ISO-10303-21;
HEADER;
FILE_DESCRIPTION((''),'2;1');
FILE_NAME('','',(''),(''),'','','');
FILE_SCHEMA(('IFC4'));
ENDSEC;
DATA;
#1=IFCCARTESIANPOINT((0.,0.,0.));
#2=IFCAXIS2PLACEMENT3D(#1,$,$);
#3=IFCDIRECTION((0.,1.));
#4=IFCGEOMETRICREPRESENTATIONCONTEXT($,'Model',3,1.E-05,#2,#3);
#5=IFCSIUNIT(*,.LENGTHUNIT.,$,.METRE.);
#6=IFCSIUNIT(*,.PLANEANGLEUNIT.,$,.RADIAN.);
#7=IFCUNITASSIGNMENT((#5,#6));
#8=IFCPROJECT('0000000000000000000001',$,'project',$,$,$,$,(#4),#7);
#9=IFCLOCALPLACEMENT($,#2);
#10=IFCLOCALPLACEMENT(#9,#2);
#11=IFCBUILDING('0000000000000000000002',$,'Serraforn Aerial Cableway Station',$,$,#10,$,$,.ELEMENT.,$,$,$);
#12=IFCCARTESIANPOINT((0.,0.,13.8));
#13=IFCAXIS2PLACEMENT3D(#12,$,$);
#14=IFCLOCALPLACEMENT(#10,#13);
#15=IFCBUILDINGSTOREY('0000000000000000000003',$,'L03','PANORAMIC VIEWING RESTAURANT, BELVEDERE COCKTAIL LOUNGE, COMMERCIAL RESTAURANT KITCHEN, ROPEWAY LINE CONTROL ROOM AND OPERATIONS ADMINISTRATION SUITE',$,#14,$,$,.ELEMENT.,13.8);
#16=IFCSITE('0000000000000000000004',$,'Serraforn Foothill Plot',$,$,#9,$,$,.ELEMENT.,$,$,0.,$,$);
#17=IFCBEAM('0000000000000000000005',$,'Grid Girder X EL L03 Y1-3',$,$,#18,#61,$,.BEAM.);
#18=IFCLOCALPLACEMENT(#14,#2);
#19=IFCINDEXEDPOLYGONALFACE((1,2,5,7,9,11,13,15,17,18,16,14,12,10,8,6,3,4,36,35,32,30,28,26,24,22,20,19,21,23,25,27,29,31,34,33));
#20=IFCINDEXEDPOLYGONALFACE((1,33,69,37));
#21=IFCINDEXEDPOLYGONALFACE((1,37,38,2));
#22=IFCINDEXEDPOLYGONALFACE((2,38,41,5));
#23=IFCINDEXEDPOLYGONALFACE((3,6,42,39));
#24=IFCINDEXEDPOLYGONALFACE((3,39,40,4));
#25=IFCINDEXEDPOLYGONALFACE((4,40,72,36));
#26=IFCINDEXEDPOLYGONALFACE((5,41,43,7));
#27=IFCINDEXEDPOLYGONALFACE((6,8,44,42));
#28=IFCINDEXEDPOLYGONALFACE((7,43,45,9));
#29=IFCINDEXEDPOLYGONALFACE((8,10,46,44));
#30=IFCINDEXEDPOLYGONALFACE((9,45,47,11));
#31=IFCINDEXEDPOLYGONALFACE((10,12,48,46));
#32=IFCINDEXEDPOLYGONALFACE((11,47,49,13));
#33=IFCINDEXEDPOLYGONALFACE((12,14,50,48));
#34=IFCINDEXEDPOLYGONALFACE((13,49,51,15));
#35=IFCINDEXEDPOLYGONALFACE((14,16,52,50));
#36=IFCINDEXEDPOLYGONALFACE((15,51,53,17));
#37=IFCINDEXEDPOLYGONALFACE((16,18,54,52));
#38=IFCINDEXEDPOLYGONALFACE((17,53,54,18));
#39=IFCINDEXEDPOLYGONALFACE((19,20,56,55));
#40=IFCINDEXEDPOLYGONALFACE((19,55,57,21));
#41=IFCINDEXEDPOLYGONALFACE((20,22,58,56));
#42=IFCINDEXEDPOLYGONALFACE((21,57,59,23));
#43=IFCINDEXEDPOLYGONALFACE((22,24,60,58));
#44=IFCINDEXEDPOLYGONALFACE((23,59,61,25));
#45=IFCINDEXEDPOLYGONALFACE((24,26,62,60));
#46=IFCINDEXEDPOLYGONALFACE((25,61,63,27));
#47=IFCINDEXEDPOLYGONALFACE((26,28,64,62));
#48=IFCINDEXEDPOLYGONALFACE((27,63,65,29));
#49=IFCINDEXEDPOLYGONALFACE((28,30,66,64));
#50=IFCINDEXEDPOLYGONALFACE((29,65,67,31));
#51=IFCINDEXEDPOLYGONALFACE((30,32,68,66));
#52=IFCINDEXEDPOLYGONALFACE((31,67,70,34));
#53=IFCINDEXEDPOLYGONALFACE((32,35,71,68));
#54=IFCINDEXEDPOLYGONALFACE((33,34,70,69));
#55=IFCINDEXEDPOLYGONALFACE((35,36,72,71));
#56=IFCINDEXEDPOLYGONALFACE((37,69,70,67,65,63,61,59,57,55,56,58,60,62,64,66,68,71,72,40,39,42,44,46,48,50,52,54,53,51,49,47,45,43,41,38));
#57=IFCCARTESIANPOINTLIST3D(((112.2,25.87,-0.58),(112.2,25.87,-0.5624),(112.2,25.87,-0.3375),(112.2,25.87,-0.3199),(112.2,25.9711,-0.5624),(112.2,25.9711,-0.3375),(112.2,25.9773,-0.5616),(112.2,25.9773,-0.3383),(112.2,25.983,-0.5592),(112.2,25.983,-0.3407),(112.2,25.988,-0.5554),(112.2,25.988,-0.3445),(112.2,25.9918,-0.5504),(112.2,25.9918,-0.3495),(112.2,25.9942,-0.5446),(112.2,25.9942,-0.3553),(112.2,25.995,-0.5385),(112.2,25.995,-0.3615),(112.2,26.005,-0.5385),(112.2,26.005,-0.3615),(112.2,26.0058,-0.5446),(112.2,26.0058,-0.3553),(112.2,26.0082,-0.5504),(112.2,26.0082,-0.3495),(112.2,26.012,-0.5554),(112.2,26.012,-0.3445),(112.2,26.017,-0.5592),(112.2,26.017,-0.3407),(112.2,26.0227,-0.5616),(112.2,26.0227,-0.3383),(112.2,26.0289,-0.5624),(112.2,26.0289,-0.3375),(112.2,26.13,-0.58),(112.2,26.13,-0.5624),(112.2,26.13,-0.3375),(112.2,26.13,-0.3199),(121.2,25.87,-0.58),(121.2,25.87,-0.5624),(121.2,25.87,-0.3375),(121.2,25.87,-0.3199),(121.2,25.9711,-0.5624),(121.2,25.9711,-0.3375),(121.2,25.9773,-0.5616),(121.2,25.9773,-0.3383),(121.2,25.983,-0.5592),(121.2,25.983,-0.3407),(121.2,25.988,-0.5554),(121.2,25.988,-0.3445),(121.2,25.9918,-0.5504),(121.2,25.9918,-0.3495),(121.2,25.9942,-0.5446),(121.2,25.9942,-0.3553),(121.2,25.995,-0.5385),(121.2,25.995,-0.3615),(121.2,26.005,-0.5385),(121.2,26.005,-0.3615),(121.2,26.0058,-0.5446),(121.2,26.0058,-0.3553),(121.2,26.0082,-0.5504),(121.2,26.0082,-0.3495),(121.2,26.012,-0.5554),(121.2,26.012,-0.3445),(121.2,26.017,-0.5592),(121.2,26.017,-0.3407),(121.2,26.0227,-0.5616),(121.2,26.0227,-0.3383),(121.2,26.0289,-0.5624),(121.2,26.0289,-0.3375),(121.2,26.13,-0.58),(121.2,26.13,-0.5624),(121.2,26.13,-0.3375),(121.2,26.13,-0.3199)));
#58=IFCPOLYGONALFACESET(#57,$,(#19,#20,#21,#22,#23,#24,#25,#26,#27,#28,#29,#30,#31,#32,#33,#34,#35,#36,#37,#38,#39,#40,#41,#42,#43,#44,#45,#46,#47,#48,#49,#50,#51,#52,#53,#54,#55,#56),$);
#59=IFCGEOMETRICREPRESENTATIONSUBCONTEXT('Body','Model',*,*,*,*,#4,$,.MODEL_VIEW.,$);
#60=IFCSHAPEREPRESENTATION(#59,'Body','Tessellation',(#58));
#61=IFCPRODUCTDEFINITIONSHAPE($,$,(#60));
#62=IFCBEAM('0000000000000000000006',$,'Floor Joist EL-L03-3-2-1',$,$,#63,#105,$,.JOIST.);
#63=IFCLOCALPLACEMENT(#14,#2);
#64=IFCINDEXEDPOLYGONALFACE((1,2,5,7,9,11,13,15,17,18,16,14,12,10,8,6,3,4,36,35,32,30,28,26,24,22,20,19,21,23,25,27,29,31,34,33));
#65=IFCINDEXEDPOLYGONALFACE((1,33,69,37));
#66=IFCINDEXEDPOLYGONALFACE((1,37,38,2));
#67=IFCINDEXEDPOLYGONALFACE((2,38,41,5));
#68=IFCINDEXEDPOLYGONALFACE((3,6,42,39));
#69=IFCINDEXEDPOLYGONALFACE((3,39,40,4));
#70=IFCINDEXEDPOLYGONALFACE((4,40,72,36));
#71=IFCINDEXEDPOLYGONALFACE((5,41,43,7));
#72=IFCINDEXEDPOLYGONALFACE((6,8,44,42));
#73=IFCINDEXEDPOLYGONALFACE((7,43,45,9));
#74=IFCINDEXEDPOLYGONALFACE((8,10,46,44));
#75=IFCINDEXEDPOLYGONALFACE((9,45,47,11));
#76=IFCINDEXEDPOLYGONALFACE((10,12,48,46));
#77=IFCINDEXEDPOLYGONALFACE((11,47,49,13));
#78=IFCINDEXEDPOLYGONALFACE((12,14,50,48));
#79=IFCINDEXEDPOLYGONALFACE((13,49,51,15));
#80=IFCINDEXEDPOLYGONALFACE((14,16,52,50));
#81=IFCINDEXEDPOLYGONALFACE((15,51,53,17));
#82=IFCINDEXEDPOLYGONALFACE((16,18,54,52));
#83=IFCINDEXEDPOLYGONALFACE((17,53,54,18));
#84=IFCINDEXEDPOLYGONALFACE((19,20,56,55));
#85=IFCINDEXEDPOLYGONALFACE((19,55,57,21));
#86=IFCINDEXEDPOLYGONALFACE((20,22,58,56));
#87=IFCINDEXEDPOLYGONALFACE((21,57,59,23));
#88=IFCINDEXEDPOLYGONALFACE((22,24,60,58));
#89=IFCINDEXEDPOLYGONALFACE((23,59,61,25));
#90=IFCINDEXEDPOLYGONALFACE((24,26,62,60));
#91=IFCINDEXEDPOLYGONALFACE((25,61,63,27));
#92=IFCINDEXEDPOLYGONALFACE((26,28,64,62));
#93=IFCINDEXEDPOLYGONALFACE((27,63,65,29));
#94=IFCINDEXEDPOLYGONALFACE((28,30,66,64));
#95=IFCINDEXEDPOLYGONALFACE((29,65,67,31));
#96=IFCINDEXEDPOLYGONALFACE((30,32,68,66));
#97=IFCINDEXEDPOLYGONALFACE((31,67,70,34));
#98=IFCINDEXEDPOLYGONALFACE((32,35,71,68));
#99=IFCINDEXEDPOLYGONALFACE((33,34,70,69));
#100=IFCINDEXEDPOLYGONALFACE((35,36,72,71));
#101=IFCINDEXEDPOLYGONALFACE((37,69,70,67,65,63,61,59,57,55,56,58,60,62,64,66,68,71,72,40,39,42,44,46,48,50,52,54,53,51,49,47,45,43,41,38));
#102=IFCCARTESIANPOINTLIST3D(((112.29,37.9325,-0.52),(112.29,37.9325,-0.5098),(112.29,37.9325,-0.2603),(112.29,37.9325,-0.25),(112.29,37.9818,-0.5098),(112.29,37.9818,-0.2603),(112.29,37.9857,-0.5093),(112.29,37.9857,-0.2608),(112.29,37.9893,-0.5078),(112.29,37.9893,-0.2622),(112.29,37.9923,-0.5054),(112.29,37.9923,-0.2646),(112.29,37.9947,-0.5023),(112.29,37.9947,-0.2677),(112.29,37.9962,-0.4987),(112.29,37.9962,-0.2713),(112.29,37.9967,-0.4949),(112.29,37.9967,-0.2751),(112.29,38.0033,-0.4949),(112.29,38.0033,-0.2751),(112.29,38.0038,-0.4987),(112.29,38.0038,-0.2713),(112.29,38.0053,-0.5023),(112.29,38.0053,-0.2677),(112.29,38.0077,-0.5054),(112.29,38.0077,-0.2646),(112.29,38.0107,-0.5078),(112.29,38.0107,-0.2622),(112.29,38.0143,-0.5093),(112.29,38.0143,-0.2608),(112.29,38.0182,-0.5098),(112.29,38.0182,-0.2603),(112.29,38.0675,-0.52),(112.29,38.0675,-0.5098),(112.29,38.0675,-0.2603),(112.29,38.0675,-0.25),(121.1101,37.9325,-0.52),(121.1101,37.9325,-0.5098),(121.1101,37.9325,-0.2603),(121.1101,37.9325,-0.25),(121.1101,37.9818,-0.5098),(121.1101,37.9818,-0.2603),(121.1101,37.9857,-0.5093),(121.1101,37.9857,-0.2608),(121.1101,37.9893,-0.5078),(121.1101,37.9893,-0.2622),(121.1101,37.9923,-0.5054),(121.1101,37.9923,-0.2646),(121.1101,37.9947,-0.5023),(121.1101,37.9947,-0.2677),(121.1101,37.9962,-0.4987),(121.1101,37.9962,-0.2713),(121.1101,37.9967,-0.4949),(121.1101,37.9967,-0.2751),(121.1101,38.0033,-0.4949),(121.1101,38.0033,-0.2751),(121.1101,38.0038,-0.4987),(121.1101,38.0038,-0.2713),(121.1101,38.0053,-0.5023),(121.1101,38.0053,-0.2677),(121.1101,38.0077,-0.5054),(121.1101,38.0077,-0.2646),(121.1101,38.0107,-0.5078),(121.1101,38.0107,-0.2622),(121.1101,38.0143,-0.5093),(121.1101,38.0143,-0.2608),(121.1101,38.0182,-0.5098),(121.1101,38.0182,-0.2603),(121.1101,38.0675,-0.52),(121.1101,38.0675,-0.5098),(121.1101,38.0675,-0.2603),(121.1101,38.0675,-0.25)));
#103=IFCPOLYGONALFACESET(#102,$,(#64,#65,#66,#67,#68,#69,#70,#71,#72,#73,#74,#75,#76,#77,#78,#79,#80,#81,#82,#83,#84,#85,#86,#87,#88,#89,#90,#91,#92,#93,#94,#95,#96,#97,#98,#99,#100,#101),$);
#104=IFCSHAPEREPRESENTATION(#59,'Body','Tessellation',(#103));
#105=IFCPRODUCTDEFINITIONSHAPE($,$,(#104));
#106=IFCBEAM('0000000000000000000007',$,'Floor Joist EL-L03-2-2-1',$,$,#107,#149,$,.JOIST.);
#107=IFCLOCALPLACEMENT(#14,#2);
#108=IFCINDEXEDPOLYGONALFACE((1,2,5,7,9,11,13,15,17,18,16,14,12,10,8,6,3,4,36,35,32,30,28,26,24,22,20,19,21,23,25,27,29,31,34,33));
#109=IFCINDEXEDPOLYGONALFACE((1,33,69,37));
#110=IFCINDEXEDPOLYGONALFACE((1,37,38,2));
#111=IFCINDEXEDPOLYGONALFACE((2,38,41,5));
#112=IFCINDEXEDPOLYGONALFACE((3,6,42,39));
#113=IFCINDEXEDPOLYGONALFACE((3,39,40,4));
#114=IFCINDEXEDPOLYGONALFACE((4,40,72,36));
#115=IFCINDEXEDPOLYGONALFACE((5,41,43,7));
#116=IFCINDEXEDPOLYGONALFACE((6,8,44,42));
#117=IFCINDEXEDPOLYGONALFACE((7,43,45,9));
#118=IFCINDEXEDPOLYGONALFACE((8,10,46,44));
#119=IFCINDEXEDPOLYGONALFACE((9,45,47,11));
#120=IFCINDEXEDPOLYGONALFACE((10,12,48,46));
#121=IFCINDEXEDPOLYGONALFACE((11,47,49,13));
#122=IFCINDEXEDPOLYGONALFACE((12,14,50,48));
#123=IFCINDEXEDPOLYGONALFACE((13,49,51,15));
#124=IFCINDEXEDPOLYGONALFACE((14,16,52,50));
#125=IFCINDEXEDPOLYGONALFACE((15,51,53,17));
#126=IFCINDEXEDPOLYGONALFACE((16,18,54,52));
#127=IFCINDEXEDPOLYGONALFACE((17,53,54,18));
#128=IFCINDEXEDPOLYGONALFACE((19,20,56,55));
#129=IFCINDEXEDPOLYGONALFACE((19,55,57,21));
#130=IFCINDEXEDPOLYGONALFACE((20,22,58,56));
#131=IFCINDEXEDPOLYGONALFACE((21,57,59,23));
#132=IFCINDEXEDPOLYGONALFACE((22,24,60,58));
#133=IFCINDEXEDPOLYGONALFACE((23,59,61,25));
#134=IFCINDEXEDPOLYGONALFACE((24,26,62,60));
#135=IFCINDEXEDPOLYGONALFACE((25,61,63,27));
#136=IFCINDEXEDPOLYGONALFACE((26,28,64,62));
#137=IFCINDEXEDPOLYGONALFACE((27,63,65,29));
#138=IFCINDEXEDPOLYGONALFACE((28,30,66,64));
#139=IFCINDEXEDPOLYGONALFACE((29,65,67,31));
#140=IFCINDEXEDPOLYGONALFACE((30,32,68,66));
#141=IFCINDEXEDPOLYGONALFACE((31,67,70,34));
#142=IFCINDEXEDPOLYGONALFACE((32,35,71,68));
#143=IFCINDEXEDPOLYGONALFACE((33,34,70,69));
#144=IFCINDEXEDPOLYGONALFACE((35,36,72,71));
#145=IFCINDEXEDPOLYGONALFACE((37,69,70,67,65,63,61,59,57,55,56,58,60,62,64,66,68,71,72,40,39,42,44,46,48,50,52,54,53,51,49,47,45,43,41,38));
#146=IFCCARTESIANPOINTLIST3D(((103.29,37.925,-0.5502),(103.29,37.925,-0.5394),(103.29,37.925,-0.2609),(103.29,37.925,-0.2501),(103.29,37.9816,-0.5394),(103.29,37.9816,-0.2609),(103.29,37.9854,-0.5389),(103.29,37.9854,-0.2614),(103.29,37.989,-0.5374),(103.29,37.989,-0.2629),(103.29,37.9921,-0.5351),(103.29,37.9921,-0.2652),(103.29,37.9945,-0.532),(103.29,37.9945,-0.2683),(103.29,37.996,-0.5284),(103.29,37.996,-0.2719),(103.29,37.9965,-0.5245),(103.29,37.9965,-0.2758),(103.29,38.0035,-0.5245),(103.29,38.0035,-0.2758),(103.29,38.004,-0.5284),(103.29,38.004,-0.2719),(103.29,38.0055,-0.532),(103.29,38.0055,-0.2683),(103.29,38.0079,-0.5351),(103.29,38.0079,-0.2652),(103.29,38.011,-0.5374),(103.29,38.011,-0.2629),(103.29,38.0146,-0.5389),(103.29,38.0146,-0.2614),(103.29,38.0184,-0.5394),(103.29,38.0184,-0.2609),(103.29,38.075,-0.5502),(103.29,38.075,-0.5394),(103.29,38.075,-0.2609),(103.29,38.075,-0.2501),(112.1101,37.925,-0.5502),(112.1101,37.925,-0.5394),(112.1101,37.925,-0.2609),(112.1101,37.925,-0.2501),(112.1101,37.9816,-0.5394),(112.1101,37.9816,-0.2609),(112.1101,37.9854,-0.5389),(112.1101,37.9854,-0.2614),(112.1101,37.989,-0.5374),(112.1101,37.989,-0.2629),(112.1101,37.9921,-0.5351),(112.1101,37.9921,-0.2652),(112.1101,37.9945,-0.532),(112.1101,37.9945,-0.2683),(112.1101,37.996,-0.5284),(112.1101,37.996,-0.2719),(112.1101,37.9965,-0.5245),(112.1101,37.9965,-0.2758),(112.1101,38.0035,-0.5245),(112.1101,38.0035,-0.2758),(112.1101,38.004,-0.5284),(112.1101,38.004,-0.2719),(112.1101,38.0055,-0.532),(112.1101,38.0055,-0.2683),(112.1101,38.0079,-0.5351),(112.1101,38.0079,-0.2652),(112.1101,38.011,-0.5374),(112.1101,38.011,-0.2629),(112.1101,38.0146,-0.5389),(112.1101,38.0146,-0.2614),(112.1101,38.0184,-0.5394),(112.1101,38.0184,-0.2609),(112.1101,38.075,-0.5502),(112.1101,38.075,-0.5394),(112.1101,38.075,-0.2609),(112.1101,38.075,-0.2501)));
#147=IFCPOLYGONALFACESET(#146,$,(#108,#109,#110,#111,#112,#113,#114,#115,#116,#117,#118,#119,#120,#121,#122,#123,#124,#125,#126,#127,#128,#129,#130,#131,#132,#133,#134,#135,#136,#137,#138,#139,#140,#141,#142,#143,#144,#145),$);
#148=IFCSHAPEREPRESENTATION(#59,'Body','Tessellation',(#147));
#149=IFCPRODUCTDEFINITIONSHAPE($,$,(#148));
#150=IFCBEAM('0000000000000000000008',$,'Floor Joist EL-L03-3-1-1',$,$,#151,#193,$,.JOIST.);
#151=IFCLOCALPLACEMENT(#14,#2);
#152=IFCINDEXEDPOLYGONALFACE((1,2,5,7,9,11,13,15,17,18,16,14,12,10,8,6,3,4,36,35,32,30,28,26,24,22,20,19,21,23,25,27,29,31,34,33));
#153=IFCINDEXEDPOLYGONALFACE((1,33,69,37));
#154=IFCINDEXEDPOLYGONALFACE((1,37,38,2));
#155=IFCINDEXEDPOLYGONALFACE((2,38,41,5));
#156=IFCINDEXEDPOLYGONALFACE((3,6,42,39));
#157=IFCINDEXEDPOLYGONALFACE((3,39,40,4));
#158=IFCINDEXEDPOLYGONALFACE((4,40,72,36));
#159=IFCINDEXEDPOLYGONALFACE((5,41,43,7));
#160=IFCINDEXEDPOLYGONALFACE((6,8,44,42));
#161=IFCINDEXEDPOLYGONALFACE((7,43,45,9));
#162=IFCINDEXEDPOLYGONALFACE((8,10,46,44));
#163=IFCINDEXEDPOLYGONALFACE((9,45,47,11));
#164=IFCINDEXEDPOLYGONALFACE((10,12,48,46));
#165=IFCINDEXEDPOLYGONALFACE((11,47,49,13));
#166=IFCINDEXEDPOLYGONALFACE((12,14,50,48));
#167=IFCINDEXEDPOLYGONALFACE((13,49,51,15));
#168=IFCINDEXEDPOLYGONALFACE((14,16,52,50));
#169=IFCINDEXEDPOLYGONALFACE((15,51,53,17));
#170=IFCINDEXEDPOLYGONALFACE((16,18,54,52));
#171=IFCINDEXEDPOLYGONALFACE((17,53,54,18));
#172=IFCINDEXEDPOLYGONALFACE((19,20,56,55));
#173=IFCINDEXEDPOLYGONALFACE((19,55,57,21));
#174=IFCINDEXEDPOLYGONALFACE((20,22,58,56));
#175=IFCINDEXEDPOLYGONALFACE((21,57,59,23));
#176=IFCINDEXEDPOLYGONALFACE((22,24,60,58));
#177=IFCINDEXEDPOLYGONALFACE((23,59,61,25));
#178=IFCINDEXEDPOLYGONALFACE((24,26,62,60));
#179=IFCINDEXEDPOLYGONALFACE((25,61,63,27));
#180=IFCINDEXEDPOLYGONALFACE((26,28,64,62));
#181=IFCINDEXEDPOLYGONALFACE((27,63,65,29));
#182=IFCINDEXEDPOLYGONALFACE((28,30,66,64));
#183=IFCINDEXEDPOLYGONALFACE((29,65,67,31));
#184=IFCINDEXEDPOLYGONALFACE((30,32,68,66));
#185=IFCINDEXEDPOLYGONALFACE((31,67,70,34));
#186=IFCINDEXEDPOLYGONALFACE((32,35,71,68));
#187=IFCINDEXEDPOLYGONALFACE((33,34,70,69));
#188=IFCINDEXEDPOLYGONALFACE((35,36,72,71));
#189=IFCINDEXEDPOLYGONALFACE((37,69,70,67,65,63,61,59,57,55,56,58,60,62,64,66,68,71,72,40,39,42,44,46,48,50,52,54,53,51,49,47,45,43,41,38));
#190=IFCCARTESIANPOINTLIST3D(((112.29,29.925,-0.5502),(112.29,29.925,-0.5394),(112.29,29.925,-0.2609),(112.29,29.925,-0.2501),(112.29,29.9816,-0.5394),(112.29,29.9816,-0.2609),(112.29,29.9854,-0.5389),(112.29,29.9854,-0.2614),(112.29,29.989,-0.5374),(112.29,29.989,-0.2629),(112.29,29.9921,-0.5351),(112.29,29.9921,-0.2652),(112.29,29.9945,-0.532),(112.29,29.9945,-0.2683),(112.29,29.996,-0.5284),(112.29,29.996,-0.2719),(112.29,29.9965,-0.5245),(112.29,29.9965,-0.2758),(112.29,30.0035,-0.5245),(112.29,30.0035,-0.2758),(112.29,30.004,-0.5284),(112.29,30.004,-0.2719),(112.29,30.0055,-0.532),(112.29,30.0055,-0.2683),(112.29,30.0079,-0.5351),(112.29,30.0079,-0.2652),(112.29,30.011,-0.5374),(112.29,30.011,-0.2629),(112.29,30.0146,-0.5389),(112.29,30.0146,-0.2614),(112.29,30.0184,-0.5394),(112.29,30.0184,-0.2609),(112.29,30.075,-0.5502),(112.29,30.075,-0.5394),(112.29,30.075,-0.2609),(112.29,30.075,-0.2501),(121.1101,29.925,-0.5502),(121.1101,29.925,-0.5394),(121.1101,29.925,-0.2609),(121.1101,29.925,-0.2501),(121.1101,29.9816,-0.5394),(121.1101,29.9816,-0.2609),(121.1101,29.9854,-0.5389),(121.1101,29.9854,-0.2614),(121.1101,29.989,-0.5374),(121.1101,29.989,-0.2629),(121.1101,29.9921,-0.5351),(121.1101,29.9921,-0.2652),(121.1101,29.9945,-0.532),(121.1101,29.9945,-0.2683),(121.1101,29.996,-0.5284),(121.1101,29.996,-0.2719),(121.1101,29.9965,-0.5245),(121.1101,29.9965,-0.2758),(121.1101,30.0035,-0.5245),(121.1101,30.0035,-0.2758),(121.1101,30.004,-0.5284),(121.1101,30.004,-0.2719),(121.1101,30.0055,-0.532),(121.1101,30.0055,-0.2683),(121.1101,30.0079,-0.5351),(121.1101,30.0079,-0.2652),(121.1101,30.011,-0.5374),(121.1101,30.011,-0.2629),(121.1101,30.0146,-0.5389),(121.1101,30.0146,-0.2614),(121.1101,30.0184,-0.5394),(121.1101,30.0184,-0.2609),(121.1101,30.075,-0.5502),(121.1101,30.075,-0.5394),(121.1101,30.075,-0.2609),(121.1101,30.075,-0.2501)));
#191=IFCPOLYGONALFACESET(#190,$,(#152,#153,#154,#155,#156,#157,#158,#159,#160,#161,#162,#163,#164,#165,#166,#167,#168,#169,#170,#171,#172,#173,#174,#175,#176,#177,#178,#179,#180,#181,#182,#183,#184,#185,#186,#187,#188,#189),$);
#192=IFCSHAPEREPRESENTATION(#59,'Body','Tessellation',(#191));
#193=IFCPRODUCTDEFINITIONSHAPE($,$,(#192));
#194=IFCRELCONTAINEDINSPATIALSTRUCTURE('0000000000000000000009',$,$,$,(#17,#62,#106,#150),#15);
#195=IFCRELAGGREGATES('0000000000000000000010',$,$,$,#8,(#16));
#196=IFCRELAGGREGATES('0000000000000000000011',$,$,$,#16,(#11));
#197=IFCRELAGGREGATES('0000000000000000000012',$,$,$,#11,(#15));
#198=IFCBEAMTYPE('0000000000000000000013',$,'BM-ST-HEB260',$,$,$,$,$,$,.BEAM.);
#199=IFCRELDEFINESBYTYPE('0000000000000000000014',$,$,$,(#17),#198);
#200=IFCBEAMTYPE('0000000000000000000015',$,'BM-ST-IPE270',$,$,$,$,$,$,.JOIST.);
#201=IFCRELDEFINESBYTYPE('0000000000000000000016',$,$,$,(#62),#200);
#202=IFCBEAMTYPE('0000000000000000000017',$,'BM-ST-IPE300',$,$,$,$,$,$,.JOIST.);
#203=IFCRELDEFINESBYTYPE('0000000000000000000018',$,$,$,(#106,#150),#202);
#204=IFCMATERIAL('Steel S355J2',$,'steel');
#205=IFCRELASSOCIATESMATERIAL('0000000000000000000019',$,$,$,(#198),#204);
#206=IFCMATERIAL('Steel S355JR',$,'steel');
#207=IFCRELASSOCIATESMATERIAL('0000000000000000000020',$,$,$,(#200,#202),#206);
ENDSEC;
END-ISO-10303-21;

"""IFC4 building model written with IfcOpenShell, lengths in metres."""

from ifc_helpers import new_model, si_unit, direction, frame, origin, origin_2d, place, context, subcontext, project, spatial, i_section, extrude, material, material_profile, profile_set, type_object, element, save


model = new_model("IFC4")

# Units and contexts
model_context = context("Model", 3, precision=1e-05, world=origin(), true_north=direction((0.0, 1.0)))
body_context = subcontext(model_context, "Body", "Model", "MODEL_VIEW")
ifc_project = project(units=[si_unit("LENGTHUNIT", "METRE"), si_unit("PLANEANGLEUNIT", "RADIAN")], contexts=[model_context])

# Site, building, storey
site_placement = place(None, origin())
site = spatial("IfcSite", under=ifc_project, at=site_placement, Name="Serraforn Foothill Plot", CompositionType="ELEMENT", RefElevation=0.0)
building_placement = place(site_placement, origin())
building = spatial("IfcBuilding", under=site, at=building_placement, Name="Serraforn Aerial Cableway Station", CompositionType="ELEMENT")
storey_placement = place(building_placement, frame((0.0, 0.0, 13.8)))
storey = spatial("IfcBuildingStorey", under=building, at=storey_placement, Name="L03", Description="PANORAMIC VIEWING RESTAURANT, BELVEDERE COCKTAIL LOUNGE, COMMERCIAL RESTAURANT KITCHEN, ROPEWAY LINE CONTROL ROOM AND OPERATIONS ADMINISTRATION SUITE", CompositionType="ELEMENT", Elevation=13.8)

# Beams
ifc_material_1 = material(Name="Steel S355J2", Category="steel")
ifc_material_profile_1 = material_profile(ifc_material_1, i_section(OverallWidth=0.26, OverallDepth=0.26, WebThickness=0.01, FlangeThickness=0.0176, FilletRadius=0.0239, at=origin_2d()), Name="HEB 260")
ifc_profile_set_1 = profile_set([ifc_material_profile_1], Name="Steel S355J2")
beam_type_1 = type_object("IfcBeamType", Name="BM-ST-HEB260", PredefinedType="BEAM", material=ifc_profile_set_1)
beam_1_placement = place(storey_placement, frame((112.2, 26.0, -0.45), z_axis=(1.0, 0.0, 0.0), x_axis=(0.0, 1.0, 0.0)))
element("IfcBeam", 1, at=beam_1_placement, inside=storey, type_object=beam_type_1, Name="Grid Girder X EL L03 Y1-3", PredefinedType="BEAM", context=body_context, shape_type="SweptSolid", body=[
    extrude(i_section(OverallWidth=0.26, OverallDepth=0.26, WebThickness=0.01, FlangeThickness=0.0176, FilletRadius=0.0239, at=origin_2d()), origin(), (0.0, 0.0, 1.0), 9.0),
])
ifc_material_2 = material(Name="Steel S355JR", Category="steel")
ifc_material_profile_2 = material_profile(ifc_material_2, i_section(OverallWidth=0.135, OverallDepth=0.27, WebThickness=0.0066, FlangeThickness=0.0103, FilletRadius=0.0149, at=origin_2d()), Name="IPE 270")
ifc_profile_set_2 = profile_set([ifc_material_profile_2], Name="Steel S355JR")
beam_type_2 = type_object("IfcBeamType", Name="BM-ST-IPE270", PredefinedType="JOIST", material=ifc_profile_set_2)
beam_2_placement = place(storey_placement, frame((112.29, 38.0, -0.385), z_axis=(1.0, 0.0, 0.0), x_axis=(0.0, 1.0, 0.0)))
element("IfcBeam", 2, at=beam_2_placement, inside=storey, type_object=beam_type_2, Name="Floor Joist EL-L03-3-2-1", PredefinedType="JOIST", context=body_context, shape_type="SweptSolid", body=[
    extrude(i_section(OverallWidth=0.135, OverallDepth=0.27, WebThickness=0.0066, FlangeThickness=0.0103, FilletRadius=0.0149, at=origin_2d()), origin(), (0.0, 0.0, 1.0), 8.8201),
])
ifc_material_profile_3 = material_profile(ifc_material_2, i_section(OverallWidth=0.1499, OverallDepth=0.3, WebThickness=0.0071, FlangeThickness=0.0107, FilletRadius=0.0149, at=origin_2d()), Name="IPE 300")
ifc_profile_set_3 = profile_set([ifc_material_profile_3], Name="Steel S355JR")
beam_type_3 = type_object("IfcBeamType", Name="BM-ST-IPE300", PredefinedType="JOIST", material=ifc_profile_set_3)
for number, where, z_axis, x_axis, name in (
    (3, (103.29, 38.0, -0.4001), (1.0, 0.0, 0.0), (0.0, 1.0, 0.0), "Floor Joist EL-L03-2-2-1"),
    (4, (112.29, 30.0, -0.4001), (1.0, 0.0, 0.0), (0.0, 1.0, 0.0), "Floor Joist EL-L03-3-1-1"),
):
    element("IfcBeam", number, at=place(storey_placement, frame(where, z_axis=z_axis, x_axis=x_axis)), inside=storey, type_object=beam_type_3, Name=name, PredefinedType="JOIST", context=body_context, shape_type="SweptSolid", body=[
        extrude(i_section(OverallWidth=0.1499, OverallDepth=0.3, WebThickness=0.0071, FlangeThickness=0.0107, FilletRadius=0.0149, at=origin_2d()), origin(), (0.0, 0.0, 1.0), 8.8201),
    ])

save(model, "model.ifc")
